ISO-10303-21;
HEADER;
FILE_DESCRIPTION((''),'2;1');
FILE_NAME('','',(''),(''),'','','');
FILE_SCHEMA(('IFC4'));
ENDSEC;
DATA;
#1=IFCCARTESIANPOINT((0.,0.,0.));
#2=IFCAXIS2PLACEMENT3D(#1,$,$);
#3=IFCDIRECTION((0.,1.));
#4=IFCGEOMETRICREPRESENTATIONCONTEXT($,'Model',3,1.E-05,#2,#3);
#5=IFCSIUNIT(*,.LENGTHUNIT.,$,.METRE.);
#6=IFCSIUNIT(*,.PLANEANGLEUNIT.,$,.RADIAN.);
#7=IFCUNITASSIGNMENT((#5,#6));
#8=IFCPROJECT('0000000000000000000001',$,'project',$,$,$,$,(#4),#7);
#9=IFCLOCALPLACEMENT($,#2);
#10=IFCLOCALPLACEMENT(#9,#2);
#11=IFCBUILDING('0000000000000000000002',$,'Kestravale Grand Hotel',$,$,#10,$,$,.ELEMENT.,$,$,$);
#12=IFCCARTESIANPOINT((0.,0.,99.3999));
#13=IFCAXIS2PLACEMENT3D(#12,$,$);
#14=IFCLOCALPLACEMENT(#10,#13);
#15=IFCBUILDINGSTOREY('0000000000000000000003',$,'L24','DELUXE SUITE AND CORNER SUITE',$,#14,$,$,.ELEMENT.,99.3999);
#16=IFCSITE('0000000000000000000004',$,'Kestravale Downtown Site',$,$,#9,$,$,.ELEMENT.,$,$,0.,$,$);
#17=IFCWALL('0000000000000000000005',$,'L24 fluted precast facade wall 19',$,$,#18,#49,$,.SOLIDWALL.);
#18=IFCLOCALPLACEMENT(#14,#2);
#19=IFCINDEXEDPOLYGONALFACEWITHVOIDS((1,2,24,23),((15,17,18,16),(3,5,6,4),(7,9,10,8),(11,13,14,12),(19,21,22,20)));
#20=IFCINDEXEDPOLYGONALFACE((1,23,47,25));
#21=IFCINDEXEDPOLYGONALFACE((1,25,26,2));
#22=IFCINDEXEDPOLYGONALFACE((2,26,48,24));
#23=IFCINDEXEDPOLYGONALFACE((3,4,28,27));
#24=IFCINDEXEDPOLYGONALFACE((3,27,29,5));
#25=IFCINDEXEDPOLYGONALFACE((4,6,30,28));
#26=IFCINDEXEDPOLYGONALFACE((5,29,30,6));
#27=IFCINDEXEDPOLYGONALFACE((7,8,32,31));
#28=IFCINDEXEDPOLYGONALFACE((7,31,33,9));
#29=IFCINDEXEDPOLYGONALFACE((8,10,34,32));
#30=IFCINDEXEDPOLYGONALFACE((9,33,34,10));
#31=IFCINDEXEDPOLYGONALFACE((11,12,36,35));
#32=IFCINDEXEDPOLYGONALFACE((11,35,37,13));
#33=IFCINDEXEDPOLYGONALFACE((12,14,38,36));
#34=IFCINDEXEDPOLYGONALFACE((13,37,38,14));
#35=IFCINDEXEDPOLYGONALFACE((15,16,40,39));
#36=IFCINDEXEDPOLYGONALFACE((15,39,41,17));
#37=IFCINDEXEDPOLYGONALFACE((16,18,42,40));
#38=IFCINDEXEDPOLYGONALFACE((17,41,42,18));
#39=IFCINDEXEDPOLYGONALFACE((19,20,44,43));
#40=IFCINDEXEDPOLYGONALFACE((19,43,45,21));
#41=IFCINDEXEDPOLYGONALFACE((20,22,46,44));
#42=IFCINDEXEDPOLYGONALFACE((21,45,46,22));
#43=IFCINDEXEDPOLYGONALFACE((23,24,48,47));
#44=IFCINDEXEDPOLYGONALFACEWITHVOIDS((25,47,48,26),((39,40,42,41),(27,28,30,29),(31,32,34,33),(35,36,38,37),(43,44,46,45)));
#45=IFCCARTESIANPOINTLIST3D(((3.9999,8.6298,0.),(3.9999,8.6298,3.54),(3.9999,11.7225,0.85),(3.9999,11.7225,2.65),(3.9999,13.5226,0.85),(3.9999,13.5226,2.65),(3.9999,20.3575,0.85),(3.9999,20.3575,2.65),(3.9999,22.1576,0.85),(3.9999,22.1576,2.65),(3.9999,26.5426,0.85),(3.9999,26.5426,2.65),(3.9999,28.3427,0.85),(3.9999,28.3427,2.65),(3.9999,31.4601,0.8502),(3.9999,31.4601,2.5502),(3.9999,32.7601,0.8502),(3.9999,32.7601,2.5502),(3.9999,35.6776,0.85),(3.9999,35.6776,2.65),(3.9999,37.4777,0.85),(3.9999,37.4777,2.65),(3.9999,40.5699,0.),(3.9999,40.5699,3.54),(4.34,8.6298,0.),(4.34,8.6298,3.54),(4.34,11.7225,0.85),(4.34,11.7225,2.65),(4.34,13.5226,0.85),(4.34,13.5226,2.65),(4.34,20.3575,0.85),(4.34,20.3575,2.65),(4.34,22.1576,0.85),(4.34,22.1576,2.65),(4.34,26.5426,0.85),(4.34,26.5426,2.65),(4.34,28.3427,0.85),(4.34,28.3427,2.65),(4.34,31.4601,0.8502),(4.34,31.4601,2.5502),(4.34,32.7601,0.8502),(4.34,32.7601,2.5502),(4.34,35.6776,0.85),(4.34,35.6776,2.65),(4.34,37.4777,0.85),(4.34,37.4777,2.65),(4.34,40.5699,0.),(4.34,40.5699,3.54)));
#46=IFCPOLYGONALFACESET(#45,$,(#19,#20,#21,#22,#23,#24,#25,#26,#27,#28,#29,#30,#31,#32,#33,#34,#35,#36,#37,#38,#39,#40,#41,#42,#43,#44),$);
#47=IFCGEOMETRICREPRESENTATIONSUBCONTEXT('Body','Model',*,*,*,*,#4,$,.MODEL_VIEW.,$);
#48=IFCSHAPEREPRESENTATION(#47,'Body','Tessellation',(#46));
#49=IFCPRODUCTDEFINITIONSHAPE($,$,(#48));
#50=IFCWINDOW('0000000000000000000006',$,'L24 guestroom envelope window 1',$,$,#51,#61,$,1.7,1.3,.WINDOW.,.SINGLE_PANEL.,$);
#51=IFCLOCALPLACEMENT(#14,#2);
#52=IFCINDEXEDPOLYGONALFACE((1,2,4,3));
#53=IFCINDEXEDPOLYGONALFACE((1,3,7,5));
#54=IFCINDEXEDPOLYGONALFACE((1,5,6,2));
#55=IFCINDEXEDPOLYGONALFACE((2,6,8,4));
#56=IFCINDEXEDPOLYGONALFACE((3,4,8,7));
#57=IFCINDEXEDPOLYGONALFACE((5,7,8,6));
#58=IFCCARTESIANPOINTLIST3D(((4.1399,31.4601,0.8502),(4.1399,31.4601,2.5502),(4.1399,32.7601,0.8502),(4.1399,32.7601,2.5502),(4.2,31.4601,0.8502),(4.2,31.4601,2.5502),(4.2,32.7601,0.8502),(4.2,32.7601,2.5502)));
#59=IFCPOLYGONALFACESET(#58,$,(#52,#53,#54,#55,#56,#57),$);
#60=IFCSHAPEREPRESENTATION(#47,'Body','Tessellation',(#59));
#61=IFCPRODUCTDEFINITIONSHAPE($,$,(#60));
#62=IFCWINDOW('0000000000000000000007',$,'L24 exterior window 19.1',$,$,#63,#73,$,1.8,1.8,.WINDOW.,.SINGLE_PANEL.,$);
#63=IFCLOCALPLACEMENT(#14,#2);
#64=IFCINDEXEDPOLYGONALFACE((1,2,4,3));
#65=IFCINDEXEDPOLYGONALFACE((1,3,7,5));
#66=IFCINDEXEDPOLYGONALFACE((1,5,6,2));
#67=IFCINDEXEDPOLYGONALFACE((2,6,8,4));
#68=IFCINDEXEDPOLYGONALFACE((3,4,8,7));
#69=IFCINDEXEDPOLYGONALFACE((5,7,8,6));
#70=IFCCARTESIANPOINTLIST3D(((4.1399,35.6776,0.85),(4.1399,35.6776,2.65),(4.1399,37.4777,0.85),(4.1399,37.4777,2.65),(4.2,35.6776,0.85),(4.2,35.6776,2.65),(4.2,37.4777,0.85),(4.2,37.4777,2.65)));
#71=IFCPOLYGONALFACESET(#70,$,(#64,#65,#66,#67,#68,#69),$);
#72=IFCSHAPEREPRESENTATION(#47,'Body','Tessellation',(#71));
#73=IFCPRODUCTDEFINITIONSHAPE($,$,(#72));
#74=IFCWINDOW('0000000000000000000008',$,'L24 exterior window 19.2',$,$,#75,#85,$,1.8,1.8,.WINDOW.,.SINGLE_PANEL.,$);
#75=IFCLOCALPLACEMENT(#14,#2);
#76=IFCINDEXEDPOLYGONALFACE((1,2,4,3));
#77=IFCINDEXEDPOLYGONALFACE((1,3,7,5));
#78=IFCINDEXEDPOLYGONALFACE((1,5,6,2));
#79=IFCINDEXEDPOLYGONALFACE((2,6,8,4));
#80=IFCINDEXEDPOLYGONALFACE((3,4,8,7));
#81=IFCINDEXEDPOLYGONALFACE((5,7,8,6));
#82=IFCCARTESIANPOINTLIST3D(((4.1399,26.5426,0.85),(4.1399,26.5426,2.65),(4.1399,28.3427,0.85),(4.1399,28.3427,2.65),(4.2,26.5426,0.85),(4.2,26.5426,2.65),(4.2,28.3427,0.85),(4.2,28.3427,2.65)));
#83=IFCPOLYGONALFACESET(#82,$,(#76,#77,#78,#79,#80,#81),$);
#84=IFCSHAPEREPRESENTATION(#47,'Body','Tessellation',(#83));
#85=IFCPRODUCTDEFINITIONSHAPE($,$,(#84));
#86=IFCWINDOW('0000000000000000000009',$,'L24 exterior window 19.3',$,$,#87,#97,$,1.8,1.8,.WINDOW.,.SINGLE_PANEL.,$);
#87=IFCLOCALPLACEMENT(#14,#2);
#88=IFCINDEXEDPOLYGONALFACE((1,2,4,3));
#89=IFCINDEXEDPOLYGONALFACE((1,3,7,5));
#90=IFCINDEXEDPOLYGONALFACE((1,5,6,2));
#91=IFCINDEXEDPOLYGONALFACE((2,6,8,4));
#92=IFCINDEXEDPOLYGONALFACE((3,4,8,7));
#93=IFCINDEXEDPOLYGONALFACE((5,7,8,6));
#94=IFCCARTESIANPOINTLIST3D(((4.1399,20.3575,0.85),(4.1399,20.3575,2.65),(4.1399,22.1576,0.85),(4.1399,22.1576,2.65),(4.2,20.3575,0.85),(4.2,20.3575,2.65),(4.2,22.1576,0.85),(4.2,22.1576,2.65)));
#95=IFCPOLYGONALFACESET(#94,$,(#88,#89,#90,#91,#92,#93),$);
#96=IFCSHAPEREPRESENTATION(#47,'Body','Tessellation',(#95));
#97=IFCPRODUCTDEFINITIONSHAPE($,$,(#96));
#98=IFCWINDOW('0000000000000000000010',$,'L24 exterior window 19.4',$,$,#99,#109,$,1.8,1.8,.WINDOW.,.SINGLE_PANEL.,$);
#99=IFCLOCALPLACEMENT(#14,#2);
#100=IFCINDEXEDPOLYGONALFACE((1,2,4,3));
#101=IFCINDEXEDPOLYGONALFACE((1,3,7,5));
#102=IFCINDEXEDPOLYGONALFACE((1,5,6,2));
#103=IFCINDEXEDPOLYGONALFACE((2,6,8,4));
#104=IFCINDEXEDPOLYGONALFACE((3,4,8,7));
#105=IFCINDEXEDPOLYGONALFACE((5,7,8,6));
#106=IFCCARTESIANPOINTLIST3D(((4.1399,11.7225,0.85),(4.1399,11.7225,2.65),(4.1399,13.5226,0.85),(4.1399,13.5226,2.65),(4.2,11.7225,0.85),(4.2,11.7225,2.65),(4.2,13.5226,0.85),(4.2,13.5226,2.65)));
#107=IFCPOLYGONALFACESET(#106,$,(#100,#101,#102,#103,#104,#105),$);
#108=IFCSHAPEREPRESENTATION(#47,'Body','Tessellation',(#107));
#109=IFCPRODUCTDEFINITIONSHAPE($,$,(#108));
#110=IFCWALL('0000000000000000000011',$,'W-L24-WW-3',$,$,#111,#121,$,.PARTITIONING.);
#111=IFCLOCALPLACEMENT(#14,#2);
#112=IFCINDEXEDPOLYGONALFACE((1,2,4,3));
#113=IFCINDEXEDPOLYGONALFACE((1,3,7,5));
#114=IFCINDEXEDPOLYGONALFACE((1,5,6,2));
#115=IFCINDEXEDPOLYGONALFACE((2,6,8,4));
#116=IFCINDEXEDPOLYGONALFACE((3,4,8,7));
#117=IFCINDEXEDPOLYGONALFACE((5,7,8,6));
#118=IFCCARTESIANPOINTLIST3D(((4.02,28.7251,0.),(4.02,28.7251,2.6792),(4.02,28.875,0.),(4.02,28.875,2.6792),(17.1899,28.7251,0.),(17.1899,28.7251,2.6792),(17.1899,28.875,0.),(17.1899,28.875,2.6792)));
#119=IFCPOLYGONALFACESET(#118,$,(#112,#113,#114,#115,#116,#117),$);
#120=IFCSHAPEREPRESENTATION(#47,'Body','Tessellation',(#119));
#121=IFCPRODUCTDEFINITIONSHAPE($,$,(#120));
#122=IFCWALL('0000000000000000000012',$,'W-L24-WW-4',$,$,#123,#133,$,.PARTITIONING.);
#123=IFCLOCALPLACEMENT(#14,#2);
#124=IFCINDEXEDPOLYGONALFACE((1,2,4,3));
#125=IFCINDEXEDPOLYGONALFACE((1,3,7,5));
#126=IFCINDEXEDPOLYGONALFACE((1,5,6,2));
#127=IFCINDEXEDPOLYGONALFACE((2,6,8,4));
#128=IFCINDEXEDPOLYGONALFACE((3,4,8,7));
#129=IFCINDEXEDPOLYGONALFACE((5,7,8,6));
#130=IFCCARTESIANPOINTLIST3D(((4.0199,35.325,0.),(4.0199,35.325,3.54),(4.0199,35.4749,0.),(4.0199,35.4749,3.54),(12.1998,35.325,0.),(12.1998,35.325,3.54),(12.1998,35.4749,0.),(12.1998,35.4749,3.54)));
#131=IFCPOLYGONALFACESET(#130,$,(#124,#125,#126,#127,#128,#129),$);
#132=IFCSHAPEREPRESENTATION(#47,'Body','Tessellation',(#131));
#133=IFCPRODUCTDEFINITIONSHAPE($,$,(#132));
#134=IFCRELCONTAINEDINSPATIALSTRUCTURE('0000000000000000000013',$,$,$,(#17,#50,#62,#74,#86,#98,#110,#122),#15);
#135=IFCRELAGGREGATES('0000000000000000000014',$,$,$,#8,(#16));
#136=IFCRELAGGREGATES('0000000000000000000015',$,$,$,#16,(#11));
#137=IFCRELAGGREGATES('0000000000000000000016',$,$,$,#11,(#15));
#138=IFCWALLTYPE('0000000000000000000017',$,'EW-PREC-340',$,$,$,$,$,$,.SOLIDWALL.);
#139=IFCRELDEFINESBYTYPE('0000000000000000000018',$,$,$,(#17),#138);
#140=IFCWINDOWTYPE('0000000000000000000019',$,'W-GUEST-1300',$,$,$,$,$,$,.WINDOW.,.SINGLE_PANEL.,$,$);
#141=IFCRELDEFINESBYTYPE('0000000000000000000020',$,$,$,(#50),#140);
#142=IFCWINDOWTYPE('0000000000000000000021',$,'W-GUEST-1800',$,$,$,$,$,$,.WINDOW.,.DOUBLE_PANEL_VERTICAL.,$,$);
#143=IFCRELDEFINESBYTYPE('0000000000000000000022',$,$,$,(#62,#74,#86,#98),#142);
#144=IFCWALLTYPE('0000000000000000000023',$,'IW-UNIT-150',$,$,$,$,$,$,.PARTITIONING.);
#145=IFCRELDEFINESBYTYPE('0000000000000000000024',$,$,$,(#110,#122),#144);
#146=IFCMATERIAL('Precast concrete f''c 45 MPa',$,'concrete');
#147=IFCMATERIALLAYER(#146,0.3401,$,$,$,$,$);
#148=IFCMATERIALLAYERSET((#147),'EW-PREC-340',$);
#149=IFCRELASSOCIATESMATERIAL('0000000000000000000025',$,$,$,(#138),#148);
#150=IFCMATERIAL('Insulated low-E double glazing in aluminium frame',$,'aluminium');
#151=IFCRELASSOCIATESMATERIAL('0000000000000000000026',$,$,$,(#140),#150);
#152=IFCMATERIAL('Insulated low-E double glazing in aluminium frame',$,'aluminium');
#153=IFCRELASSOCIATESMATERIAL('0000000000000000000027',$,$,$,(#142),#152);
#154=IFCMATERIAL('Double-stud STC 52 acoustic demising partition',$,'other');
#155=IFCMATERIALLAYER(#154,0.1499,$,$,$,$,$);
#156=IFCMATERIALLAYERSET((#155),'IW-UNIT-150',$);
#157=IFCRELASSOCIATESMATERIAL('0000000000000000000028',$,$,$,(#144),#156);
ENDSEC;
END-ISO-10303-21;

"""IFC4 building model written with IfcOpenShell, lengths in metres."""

from ifc_helpers import new_model, si_unit, direction, frame, frame_2d, origin, place, context, subcontext, project, spatial, rectangle, extrude, material, layer, layer_set, type_object, element, fill, save


model = new_model("IFC4")

# Units and contexts
model_context = context("Model", 3, precision=1e-05, world=origin(), true_north=direction((0.0, 1.0)))
body_context = subcontext(model_context, "Body", "Model", "MODEL_VIEW")
ifc_project = project(units=[si_unit("LENGTHUNIT", "METRE"), si_unit("PLANEANGLEUNIT", "RADIAN")], contexts=[model_context])

# Site, building, storey
site_placement = place(None, origin())
site = spatial("IfcSite", under=ifc_project, at=site_placement, Name="Kestravale Downtown Site", CompositionType="ELEMENT", RefElevation=0.0)
building_placement = place(site_placement, origin())
building = spatial("IfcBuilding", under=site, at=building_placement, Name="Kestravale Grand Hotel", CompositionType="ELEMENT")
storey_placement = place(building_placement, frame((0.0, 0.0, 99.3999)))
storey = spatial("IfcBuildingStorey", under=building, at=storey_placement, Name="L24", Description="DELUXE SUITE AND CORNER SUITE", CompositionType="ELEMENT", Elevation=99.3999)

# Wall, openings, windows
ifc_material_1 = material(Name="Precast concrete f'c 45 MPa", Category="concrete")
ifc_layer_1 = layer(ifc_material_1, 0.3401)
ifc_layer_set_1 = layer_set([ifc_layer_1], Name="EW-PREC-340")
wall_type_1 = type_object("IfcWallType", Name="EW-PREC-340", PredefinedType="SOLIDWALL", material=ifc_layer_set_1)
wall_1_placement = place(storey_placement, frame((4.1699, 40.5701, 0.0), z_axis=(0.0, 0.0, 1.0), x_axis=(0.0, -1.0, 0.0)))
wall_1 = element("IfcWall", 1, at=wall_1_placement, inside=storey, type_object=wall_type_1, Name="L24 fluted precast facade wall 19", PredefinedType="SOLIDWALL", context=body_context, shape_type="SweptSolid", body=[
    extrude(rectangle(XDim=31.9402, YDim=0.3401, at=frame_2d((15.9702, 0.0))), origin(), (0.0, 0.0, 1.0), 3.54),
])
opening_1_placement = place(wall_1_placement, frame((3.0925, 0.0, 0.8501)))
opening_1 = element("IfcOpeningElement", 2, at=opening_1_placement, cuts=wall_1, PredefinedType="OPENING", context=body_context, shape_type="SweptSolid", body=[
    extrude(rectangle(XDim=1.8, YDim=1.8, at=frame_2d((0.8999, 0.8999))), frame((0.0, 0.1799, 0.0), z_axis=(0.0, -1.0, 0.0), x_axis=(1.0, 0.0, 0.0)), (0.0, 0.0, 1.0), 0.3601),
])
opening_2_placement = place(wall_1_placement, frame((12.2275, 0.0, 0.8501)))
opening_2 = element("IfcOpeningElement", 3, at=opening_2_placement, cuts=wall_1, PredefinedType="OPENING", context=body_context, shape_type="SweptSolid", body=[
    extrude(rectangle(XDim=1.8, YDim=1.8, at=frame_2d((0.8999, 0.8999))), frame((0.0, 0.1799, 0.0), z_axis=(0.0, -1.0, 0.0), x_axis=(1.0, 0.0, 0.0)), (0.0, 0.0, 1.0), 0.3601),
])
opening_3_placement = place(wall_1_placement, frame((18.4126, 0.0, 0.8501)))
opening_3 = element("IfcOpeningElement", 4, at=opening_3_placement, cuts=wall_1, PredefinedType="OPENING", context=body_context, shape_type="SweptSolid", body=[
    extrude(rectangle(XDim=1.8, YDim=1.8, at=frame_2d((0.8999, 0.8999))), frame((0.0, 0.1799, 0.0), z_axis=(0.0, -1.0, 0.0), x_axis=(1.0, 0.0, 0.0)), (0.0, 0.0, 1.0), 0.3601),
])
opening_4_placement = place(wall_1_placement, frame((27.0476, 0.0, 0.8501)))
opening_4 = element("IfcOpeningElement", 5, at=opening_4_placement, cuts=wall_1, PredefinedType="OPENING", context=body_context, shape_type="SweptSolid", body=[
    extrude(rectangle(XDim=1.8, YDim=1.8, at=frame_2d((0.8999, 0.8999))), frame((0.0, 0.1799, 0.0), z_axis=(0.0, -1.0, 0.0), x_axis=(1.0, 0.0, 0.0)), (0.0, 0.0, 1.0), 0.3601),
])
opening_5_placement = place(wall_1_placement, frame((7.8101, 0.0, 0.8501)))
opening_5 = element("IfcOpeningElement", 6, at=opening_5_placement, cuts=wall_1, PredefinedType="OPENING", context=body_context, shape_type="SweptSolid", body=[
    extrude(rectangle(XDim=1.3, YDim=1.7, at=frame_2d((0.6499, 0.8501))), frame((0.0, 0.1799, 0.0), z_axis=(0.0, -1.0, 0.0), x_axis=(1.0, 0.0, 0.0)), (0.0, 0.0, 1.0), 0.3601),
])
ifc_material_2 = material(Name="Insulated low-E double glazing in aluminium frame", Category="aluminium")
window_type_1 = type_object("IfcWindowType", Name="W-GUEST-1300", PartitioningType="SINGLE_PANEL", PredefinedType="WINDOW", material=ifc_material_2)
window_1_placement = place(opening_5_placement, origin())
window_1 = element("IfcWindow", 7, at=window_1_placement, inside=storey, type_object=window_type_1, Name="L24 guestroom envelope window 1", OverallHeight=1.7, OverallWidth=1.3, PartitioningType="SINGLE_PANEL", PredefinedType="WINDOW", context=body_context, shape_type="SweptSolid", body=[
    extrude(rectangle(XDim=1.3, YDim=1.7, at=frame_2d((0.6499, 0.8501))), frame((0.0, 0.03, 0.0), z_axis=(0.0, -1.0, 0.0), x_axis=(1.0, 0.0, 0.0)), (0.0, 0.0, 1.0), 0.0601),
])
fill(opening_5, window_1)
ifc_material_3 = material(Name="Insulated low-E double glazing in aluminium frame", Category="aluminium")
window_type_2 = type_object("IfcWindowType", Name="W-GUEST-1800", PartitioningType="DOUBLE_PANEL_VERTICAL", PredefinedType="WINDOW", material=ifc_material_3)
window_2_placement = place(opening_1_placement, origin())
window_2 = element("IfcWindow", 8, at=window_2_placement, inside=storey, type_object=window_type_2, Name="L24 exterior window 19.1", OverallHeight=1.8, OverallWidth=1.8, PartitioningType="SINGLE_PANEL", PredefinedType="WINDOW", context=body_context, shape_type="SweptSolid", body=[
    extrude(rectangle(XDim=1.8, YDim=1.8, at=frame_2d((0.8999, 0.8999))), frame((0.0, 0.03, 0.0), z_axis=(0.0, -1.0, 0.0), x_axis=(1.0, 0.0, 0.0)), (0.0, 0.0, 1.0), 0.0601),
])
fill(opening_1, window_2)
window_3_placement = place(opening_2_placement, origin())
window_3 = element("IfcWindow", 9, at=window_3_placement, inside=storey, type_object=window_type_2, Name="L24 exterior window 19.2", OverallHeight=1.8, OverallWidth=1.8, PartitioningType="SINGLE_PANEL", PredefinedType="WINDOW", context=body_context, shape_type="SweptSolid", body=[
    extrude(rectangle(XDim=1.8, YDim=1.8, at=frame_2d((0.8999, 0.8999))), frame((0.0, 0.03, 0.0), z_axis=(0.0, -1.0, 0.0), x_axis=(1.0, 0.0, 0.0)), (0.0, 0.0, 1.0), 0.0601),
])
fill(opening_2, window_3)
window_4_placement = place(opening_3_placement, origin())
window_4 = element("IfcWindow", 10, at=window_4_placement, inside=storey, type_object=window_type_2, Name="L24 exterior window 19.3", OverallHeight=1.8, OverallWidth=1.8, PartitioningType="SINGLE_PANEL", PredefinedType="WINDOW", context=body_context, shape_type="SweptSolid", body=[
    extrude(rectangle(XDim=1.8, YDim=1.8, at=frame_2d((0.8999, 0.8999))), frame((0.0, 0.03, 0.0), z_axis=(0.0, -1.0, 0.0), x_axis=(1.0, 0.0, 0.0)), (0.0, 0.0, 1.0), 0.0601),
])
fill(opening_3, window_4)
window_5_placement = place(opening_4_placement, origin())
window_5 = element("IfcWindow", 11, at=window_5_placement, inside=storey, type_object=window_type_2, Name="L24 exterior window 19.4", OverallHeight=1.8, OverallWidth=1.8, PartitioningType="SINGLE_PANEL", PredefinedType="WINDOW", context=body_context, shape_type="SweptSolid", body=[
    extrude(rectangle(XDim=1.8, YDim=1.8, at=frame_2d((0.8999, 0.8999))), frame((0.0, 0.03, 0.0), z_axis=(0.0, -1.0, 0.0), x_axis=(1.0, 0.0, 0.0)), (0.0, 0.0, 1.0), 0.0601),
])
fill(opening_4, window_5)

# Walls
ifc_material_4 = material(Name="Double-stud STC 52 acoustic demising partition", Category="other")
ifc_layer_2 = layer(ifc_material_4, 0.1499)
ifc_layer_set_2 = layer_set([ifc_layer_2], Name="IW-UNIT-150")
wall_type_2 = type_object("IfcWallType", Name="IW-UNIT-150", PredefinedType="PARTITIONING", material=ifc_layer_set_2)
wall_2_placement = place(storey_placement, frame((4.02, 28.8, 0.0), z_axis=(0.0, 0.0, 1.0), x_axis=(1.0, 0.0, 0.0)))
element("IfcWall", 12, at=wall_2_placement, inside=storey, type_object=wall_type_2, Name="W-L24-WW-3", PredefinedType="PARTITIONING", context=body_context, shape_type="SweptSolid", body=[
    extrude(rectangle(XDim=13.1699, YDim=0.1499, at=frame_2d((6.585, 0.0))), origin(), (0.0, 0.0, 1.0), 2.6792),
])
wall_3_placement = place(storey_placement, frame((4.02, 35.3999, 0.0), z_axis=(0.0, 0.0, 1.0), x_axis=(1.0, 0.0, 0.0)))
element("IfcWall", 13, at=wall_3_placement, inside=storey, type_object=wall_type_2, Name="W-L24-WW-4", PredefinedType="PARTITIONING", context=body_context, shape_type="SweptSolid", body=[
    extrude(rectangle(XDim=8.1799, YDim=0.1499, at=frame_2d((4.0898, 0.0))), origin(), (0.0, 0.0, 1.0), 3.54),
])

save(model, "model.ifc")
